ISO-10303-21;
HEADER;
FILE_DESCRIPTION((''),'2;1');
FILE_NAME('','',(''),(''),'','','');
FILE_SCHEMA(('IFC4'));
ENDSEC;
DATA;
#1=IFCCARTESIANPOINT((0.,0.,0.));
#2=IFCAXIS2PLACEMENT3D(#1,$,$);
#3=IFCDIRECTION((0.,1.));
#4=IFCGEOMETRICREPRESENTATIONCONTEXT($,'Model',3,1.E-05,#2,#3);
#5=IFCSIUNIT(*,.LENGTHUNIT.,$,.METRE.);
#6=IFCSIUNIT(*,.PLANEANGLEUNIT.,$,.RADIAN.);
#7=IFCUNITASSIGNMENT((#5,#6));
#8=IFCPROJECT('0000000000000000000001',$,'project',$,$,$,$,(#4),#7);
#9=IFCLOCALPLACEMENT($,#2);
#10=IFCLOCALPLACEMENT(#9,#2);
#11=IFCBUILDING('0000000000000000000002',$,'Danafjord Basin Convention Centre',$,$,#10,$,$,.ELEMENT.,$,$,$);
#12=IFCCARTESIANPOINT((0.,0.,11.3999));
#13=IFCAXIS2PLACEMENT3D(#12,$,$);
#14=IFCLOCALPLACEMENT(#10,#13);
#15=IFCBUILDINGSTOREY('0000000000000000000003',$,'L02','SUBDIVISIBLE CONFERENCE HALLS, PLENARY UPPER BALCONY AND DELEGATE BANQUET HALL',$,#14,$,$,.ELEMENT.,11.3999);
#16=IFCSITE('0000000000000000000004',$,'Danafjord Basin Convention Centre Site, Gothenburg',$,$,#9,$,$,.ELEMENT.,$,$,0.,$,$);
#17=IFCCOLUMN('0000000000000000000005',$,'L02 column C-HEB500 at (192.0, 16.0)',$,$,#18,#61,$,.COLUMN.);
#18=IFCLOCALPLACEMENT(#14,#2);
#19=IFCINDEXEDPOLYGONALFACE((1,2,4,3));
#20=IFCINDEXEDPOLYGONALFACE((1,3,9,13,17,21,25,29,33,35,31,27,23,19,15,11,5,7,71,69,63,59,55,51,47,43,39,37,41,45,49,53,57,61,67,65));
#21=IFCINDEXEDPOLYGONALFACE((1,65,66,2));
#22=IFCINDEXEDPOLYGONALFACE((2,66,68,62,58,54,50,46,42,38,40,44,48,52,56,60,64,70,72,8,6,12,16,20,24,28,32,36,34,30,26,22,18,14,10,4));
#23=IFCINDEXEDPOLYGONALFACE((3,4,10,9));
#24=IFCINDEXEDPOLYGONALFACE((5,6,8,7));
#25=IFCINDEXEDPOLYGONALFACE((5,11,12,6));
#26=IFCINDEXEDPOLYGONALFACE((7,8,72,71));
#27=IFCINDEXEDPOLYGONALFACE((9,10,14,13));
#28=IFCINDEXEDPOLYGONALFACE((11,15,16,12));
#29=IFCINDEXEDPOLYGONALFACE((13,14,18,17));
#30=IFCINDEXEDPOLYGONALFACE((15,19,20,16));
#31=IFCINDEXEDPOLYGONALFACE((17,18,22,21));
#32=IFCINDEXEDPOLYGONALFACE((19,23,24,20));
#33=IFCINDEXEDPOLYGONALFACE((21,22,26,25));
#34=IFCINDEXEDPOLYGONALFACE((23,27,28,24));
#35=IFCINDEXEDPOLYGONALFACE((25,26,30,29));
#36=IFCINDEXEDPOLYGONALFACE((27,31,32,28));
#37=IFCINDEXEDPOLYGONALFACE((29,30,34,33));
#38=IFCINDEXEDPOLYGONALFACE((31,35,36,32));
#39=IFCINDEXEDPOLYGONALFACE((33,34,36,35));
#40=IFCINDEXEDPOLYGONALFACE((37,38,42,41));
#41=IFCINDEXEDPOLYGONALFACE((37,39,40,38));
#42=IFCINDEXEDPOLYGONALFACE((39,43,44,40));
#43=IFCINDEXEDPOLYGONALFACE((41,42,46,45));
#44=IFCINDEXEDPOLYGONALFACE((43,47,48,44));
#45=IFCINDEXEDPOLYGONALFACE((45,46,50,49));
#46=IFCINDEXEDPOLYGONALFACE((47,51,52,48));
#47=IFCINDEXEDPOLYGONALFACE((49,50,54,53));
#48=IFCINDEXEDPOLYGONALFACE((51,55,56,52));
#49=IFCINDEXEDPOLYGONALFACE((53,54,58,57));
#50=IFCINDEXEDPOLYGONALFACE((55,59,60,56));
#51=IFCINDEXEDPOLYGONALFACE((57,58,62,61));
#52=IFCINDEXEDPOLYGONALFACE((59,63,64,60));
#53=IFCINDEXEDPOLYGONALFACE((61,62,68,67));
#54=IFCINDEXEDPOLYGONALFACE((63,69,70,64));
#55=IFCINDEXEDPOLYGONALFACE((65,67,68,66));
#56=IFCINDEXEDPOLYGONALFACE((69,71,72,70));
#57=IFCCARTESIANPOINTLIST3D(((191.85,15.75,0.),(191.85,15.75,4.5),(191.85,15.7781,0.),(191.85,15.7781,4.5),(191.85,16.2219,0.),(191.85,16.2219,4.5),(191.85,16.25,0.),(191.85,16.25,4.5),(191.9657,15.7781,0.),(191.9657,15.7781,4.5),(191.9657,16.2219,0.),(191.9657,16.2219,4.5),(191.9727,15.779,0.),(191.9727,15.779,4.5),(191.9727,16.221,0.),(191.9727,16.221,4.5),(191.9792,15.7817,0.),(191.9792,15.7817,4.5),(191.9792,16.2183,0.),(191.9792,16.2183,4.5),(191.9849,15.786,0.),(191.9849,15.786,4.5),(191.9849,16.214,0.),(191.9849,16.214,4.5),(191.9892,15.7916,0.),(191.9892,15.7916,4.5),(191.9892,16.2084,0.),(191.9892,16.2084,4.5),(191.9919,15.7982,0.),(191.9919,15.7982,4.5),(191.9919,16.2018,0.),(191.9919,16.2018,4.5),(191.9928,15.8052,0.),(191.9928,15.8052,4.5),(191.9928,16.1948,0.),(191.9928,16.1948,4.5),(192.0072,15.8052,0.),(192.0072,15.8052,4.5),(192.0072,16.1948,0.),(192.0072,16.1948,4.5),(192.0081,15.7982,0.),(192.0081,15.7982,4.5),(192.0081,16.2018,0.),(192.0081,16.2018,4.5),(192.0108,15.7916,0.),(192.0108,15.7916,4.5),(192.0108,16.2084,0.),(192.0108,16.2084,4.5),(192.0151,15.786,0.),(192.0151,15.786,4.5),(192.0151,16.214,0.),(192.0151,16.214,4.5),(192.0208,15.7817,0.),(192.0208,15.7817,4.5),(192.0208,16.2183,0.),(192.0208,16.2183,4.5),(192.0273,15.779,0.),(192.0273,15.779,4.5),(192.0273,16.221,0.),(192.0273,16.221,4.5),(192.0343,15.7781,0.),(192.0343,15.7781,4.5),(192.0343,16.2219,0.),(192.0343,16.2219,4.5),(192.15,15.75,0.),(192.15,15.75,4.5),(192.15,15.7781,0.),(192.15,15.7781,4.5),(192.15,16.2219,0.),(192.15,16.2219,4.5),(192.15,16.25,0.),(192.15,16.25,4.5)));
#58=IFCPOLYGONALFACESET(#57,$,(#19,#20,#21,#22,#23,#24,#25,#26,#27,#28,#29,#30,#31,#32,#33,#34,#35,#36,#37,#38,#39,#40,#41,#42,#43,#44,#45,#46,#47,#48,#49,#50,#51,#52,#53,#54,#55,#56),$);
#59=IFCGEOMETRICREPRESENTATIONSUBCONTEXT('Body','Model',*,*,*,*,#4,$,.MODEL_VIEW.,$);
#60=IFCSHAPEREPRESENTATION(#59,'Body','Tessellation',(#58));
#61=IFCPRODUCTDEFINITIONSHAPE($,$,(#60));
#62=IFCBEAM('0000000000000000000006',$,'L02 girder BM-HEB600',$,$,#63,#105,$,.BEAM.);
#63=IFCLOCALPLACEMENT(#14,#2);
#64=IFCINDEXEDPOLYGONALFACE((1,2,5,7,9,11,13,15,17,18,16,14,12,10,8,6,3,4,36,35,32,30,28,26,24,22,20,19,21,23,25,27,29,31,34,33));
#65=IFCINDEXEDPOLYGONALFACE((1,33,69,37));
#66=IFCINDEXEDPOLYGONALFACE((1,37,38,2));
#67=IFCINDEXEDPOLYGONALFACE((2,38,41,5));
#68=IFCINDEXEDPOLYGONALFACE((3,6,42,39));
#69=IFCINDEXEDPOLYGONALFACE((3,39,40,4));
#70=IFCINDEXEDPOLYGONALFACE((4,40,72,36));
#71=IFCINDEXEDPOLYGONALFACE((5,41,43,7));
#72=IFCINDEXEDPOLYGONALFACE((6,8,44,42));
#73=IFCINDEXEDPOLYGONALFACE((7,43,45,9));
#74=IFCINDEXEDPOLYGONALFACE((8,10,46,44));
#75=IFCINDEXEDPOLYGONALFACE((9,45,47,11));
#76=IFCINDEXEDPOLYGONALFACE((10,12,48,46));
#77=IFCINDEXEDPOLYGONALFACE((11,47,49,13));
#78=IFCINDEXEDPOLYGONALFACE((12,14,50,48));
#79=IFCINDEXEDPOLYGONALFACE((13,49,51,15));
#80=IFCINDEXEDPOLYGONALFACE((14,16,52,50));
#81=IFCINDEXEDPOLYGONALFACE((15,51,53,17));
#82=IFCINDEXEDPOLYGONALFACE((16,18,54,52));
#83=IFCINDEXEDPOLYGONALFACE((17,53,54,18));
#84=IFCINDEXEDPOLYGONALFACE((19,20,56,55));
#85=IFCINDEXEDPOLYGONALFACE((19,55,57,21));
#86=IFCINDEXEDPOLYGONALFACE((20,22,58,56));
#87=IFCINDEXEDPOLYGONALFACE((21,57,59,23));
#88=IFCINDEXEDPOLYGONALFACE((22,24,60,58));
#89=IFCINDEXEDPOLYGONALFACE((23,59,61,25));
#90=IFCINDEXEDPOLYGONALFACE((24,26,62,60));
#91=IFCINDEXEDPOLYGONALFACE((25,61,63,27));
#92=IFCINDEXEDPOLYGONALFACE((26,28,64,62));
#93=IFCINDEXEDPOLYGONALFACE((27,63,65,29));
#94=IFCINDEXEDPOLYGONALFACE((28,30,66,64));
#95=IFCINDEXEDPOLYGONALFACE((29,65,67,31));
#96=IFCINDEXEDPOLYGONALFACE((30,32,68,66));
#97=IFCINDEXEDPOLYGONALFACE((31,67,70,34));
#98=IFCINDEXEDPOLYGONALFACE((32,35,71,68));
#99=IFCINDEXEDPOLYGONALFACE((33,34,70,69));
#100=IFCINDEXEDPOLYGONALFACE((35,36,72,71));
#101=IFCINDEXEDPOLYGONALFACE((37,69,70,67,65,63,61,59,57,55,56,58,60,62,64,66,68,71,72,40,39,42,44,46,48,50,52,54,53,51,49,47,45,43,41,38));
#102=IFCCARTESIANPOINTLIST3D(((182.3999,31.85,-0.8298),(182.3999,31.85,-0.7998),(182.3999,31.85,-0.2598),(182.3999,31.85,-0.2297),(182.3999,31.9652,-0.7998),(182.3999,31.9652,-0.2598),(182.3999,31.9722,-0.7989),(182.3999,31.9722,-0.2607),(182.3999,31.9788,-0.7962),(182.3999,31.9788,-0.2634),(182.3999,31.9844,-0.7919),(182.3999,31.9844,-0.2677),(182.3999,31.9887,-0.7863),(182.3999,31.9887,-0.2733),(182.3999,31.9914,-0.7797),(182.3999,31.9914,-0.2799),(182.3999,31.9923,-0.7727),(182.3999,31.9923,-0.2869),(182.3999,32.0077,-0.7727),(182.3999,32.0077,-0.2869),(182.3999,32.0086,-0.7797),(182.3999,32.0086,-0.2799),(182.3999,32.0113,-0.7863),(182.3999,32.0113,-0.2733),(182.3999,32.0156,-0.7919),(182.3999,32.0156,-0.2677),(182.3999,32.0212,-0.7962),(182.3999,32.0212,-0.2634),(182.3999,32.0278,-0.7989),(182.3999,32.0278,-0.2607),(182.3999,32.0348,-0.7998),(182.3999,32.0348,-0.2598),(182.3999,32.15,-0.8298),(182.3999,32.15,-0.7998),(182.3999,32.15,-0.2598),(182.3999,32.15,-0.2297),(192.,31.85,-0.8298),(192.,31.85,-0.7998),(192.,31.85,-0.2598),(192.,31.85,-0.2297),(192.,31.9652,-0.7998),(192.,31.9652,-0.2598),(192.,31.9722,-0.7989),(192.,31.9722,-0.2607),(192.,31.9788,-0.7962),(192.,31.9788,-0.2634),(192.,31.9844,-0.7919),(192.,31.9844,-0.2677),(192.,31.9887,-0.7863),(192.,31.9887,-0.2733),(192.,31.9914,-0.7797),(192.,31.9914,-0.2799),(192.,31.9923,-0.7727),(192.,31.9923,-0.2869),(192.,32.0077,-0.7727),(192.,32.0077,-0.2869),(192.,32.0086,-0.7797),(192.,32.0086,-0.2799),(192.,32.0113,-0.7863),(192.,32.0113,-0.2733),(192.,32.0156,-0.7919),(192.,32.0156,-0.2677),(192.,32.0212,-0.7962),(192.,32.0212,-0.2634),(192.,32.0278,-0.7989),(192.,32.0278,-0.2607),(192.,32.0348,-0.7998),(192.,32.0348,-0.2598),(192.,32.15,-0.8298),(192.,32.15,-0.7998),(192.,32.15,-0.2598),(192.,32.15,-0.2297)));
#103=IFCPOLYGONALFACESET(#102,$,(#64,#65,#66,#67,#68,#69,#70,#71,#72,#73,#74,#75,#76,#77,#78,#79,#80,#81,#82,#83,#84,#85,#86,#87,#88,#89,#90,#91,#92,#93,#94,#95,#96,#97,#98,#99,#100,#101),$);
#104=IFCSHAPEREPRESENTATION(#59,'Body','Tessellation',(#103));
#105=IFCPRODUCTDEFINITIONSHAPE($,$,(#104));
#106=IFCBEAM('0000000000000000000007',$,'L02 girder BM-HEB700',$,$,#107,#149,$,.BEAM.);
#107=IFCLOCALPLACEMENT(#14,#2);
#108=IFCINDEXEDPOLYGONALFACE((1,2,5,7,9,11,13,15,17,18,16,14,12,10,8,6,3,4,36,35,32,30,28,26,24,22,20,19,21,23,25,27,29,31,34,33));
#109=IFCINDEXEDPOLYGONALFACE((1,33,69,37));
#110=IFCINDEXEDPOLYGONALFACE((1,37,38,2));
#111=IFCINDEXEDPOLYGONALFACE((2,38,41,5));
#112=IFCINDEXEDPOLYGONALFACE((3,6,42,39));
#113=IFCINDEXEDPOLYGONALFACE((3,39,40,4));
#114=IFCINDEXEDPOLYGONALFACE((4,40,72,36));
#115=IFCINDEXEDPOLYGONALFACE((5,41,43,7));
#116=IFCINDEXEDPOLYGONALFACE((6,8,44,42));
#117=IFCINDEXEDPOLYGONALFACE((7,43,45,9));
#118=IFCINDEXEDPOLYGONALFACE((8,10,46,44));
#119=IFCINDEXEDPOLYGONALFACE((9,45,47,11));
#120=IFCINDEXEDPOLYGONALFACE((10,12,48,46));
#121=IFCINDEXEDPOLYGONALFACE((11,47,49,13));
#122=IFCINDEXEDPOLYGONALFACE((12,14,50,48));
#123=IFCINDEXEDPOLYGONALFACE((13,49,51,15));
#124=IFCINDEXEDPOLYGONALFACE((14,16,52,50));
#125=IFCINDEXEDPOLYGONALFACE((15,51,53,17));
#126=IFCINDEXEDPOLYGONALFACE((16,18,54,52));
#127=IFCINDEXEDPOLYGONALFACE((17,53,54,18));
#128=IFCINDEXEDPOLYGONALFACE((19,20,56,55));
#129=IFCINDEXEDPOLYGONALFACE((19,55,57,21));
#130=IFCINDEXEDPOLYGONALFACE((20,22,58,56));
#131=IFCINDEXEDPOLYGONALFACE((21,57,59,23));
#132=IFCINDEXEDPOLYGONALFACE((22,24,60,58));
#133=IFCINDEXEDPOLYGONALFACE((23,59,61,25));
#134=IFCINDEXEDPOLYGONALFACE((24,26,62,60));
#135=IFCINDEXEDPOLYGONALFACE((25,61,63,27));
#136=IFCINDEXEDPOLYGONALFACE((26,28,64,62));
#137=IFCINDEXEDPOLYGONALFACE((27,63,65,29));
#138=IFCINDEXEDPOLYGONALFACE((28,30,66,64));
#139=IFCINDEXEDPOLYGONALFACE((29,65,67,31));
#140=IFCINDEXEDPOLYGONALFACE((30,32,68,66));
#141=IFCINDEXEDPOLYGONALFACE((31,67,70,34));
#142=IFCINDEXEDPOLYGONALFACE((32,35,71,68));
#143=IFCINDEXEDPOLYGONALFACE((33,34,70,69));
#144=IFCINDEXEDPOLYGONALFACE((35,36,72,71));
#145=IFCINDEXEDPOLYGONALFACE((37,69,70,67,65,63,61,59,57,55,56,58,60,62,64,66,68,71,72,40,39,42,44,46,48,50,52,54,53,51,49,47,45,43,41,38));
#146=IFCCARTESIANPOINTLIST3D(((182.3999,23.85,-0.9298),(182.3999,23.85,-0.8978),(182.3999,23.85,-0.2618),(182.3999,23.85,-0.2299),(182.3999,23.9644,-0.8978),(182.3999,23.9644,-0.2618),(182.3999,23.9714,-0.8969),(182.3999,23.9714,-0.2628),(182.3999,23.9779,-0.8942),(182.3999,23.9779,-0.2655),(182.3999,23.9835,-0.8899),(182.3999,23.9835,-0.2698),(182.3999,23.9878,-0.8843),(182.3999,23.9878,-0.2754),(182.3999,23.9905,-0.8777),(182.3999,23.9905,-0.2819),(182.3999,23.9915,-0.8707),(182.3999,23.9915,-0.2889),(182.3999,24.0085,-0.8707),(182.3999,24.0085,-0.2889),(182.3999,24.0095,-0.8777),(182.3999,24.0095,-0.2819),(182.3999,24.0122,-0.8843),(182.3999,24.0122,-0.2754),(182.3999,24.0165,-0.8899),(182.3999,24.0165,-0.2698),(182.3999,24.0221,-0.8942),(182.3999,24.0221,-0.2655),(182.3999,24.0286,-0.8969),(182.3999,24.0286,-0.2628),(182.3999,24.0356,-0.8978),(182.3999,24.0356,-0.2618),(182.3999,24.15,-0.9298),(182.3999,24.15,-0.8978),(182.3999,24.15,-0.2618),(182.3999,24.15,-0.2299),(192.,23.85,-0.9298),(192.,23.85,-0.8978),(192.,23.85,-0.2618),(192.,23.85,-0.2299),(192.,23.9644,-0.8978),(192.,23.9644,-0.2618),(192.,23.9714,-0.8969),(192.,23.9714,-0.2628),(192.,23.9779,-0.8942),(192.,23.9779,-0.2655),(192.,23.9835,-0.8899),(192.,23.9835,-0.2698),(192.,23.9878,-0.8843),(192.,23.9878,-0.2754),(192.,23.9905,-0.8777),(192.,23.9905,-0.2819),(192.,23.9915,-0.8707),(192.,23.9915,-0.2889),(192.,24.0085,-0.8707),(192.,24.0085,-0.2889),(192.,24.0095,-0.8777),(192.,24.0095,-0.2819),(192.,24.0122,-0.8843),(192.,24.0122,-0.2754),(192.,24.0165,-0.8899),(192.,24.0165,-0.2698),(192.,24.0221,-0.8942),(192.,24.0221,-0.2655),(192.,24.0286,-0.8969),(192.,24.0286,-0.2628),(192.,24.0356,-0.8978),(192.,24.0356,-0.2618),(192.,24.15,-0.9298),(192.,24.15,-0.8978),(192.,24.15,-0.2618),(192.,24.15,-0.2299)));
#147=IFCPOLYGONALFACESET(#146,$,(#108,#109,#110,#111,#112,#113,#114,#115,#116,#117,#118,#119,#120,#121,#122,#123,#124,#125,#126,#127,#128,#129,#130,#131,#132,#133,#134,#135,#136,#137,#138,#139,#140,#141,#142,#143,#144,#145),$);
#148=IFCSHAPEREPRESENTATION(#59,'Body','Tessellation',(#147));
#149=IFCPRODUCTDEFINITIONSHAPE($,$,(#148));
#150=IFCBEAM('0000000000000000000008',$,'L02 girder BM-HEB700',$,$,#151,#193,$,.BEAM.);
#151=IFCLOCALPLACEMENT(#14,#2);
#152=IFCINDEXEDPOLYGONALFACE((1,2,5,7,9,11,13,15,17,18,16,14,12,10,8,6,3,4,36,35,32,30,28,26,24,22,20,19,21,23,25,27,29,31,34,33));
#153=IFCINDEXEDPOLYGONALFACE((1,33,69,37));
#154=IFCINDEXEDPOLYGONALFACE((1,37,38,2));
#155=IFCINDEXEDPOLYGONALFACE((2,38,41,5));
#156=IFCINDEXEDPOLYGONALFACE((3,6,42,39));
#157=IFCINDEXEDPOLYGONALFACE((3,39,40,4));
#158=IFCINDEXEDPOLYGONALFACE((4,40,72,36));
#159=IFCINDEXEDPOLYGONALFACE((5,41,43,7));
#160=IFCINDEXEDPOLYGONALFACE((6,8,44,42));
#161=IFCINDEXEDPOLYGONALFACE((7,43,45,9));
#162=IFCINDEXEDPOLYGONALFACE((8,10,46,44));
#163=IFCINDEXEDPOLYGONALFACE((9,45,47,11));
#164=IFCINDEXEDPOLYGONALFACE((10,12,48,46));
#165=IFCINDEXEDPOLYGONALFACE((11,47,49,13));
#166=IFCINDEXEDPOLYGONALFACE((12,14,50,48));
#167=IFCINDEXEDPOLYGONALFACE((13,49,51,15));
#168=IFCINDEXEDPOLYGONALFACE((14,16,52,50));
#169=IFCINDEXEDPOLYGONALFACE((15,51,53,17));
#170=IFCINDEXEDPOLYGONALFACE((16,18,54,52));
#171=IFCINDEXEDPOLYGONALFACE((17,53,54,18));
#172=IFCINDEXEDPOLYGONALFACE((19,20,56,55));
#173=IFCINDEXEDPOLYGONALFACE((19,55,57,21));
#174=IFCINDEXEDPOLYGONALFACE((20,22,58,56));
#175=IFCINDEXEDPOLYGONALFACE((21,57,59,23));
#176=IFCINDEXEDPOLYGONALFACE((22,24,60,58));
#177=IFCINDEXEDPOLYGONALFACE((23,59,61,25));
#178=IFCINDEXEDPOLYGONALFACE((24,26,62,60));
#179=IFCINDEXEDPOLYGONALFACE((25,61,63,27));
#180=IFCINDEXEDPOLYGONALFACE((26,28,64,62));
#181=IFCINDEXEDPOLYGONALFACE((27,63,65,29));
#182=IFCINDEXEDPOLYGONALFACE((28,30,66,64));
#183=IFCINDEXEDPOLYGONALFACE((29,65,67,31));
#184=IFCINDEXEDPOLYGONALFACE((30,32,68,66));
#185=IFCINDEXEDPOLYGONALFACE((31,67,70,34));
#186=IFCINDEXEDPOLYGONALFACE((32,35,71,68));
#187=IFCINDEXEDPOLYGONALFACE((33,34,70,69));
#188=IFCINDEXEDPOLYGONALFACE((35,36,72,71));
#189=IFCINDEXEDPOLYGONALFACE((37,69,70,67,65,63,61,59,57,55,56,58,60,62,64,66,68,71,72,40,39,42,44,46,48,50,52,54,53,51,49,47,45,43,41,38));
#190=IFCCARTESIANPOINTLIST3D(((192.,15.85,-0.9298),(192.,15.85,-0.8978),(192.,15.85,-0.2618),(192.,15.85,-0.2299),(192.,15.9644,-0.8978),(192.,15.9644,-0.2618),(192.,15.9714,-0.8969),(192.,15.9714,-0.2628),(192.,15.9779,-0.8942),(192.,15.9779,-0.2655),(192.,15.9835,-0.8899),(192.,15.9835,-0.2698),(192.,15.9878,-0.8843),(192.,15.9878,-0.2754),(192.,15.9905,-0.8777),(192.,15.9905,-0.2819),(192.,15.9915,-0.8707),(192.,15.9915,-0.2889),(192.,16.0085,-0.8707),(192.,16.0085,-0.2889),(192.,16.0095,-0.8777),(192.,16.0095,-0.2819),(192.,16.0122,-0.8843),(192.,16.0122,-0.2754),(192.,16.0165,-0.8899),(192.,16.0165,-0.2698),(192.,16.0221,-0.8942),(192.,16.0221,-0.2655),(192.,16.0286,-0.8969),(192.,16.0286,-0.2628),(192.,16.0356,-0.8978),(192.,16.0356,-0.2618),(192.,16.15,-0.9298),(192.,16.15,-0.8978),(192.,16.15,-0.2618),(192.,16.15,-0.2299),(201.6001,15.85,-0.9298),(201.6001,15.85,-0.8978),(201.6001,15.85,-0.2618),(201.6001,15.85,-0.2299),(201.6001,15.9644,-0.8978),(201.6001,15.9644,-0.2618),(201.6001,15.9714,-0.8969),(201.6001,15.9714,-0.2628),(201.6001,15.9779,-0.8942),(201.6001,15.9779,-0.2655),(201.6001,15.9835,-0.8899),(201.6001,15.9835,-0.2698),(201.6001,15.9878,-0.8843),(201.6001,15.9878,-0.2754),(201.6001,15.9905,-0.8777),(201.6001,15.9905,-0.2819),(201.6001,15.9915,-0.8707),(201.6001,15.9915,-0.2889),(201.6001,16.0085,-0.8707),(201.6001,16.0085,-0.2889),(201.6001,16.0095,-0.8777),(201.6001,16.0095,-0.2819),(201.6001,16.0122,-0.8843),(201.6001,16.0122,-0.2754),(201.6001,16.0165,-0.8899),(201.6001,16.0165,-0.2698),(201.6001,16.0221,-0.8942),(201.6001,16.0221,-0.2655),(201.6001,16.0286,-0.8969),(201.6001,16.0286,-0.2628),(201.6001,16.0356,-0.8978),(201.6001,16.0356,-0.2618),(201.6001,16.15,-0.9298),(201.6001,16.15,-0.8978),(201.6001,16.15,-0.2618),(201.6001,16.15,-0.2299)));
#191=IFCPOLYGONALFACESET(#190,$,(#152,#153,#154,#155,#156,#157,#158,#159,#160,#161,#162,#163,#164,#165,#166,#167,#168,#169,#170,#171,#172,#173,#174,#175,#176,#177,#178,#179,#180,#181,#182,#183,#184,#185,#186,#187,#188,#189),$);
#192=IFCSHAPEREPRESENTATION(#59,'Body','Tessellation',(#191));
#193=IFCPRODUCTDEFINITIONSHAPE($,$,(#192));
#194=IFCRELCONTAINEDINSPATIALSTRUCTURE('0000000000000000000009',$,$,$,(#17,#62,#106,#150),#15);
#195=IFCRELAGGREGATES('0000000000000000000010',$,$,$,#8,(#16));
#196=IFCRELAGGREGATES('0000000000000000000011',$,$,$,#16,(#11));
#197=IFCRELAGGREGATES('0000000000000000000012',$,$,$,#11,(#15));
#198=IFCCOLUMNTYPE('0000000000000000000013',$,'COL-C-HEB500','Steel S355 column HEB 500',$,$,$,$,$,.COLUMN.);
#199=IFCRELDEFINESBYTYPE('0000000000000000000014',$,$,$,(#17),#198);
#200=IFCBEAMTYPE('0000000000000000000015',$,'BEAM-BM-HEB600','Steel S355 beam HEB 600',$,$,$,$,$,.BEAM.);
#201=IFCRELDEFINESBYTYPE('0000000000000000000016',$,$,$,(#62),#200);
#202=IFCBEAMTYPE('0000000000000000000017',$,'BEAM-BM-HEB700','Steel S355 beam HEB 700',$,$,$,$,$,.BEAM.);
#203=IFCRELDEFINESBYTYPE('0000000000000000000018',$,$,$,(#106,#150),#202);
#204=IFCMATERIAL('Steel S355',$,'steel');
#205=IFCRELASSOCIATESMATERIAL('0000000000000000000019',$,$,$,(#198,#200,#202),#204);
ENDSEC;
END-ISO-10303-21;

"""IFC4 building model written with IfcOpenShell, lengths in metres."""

from ifc_helpers import new_model, si_unit, direction, frame, origin, origin_2d, place, context, subcontext, project, spatial, i_section, extrude, material, material_profile, profile_set, type_object, element, save


model = new_model("IFC4")

# Units and contexts
model_context = context("Model", 3, precision=1e-05, world=origin(), true_north=direction((0.0, 1.0)))
body_context = subcontext(model_context, "Body", "Model", "MODEL_VIEW")
ifc_project = project(units=[si_unit("LENGTHUNIT", "METRE"), si_unit("PLANEANGLEUNIT", "RADIAN")], contexts=[model_context])

# Site, building, storey
site_placement = place(None, origin())
site = spatial("IfcSite", under=ifc_project, at=site_placement, Name="Danafjord Basin Convention Centre Site, Gothenburg", CompositionType="ELEMENT", RefElevation=0.0)
building_placement = place(site_placement, origin())
building = spatial("IfcBuilding", under=site, at=building_placement, Name="Danafjord Basin Convention Centre", CompositionType="ELEMENT")
storey_placement = place(building_placement, frame((0.0, 0.0, 11.3999)))
storey = spatial("IfcBuildingStorey", under=building, at=storey_placement, Name="L02", Description="SUBDIVISIBLE CONFERENCE HALLS, PLENARY UPPER BALCONY AND DELEGATE BANQUET HALL", CompositionType="ELEMENT", Elevation=11.3999)

# Column
ifc_material_1 = material(Name="Steel S355", Category="steel")
ifc_material_profile_1 = material_profile(ifc_material_1, i_section(OverallWidth=0.3, OverallDepth=0.5, WebThickness=0.0144, FlangeThickness=0.0281, FilletRadius=0.0271, at=origin_2d()), Name="HEB 500")
ifc_profile_set_1 = profile_set([ifc_material_profile_1], Name="Steel S355")
column_type_1 = type_object("IfcColumnType", Name="COL-C-HEB500", Description="Steel S355 column HEB 500", PredefinedType="COLUMN", material=ifc_profile_set_1)
column_placement = place(storey_placement, frame((192.0, 16.0, 0.0), z_axis=(0.0, 0.0, 1.0), x_axis=(1.0, 0.0, 0.0)))
element("IfcColumn", 1, at=column_placement, inside=storey, type_object=column_type_1, Name="L02 column C-HEB500 at (192.0, 16.0)", PredefinedType="COLUMN", context=body_context, shape_type="SweptSolid", body=[
    extrude(i_section(OverallWidth=0.3, OverallDepth=0.5, WebThickness=0.0144, FlangeThickness=0.0281, FilletRadius=0.0271, at=origin_2d()), origin(), (0.0, 0.0, 1.0), 4.5),
])

# Beams
ifc_material_profile_2 = material_profile(ifc_material_1, i_section(OverallWidth=0.3, OverallDepth=0.6001, WebThickness=0.0154, FlangeThickness=0.03, FilletRadius=0.0271, at=origin_2d()), Name="HEB 600")
ifc_profile_set_2 = profile_set([ifc_material_profile_2], Name="Steel S355")
beam_type_1 = type_object("IfcBeamType", Name="BEAM-BM-HEB600", Description="Steel S355 beam HEB 600", PredefinedType="BEAM", material=ifc_profile_set_2)
beam_1_placement = place(storey_placement, frame((182.3999, 32.0, -0.5298), z_axis=(1.0, 0.0, 0.0), x_axis=(0.0, 1.0, 0.0)))
element("IfcBeam", 2, at=beam_1_placement, inside=storey, type_object=beam_type_1, Name="L02 girder BM-HEB600", PredefinedType="BEAM", context=body_context, shape_type="SweptSolid", body=[
    extrude(i_section(OverallWidth=0.3, OverallDepth=0.6001, WebThickness=0.0154, FlangeThickness=0.03, FilletRadius=0.0271, at=origin_2d()), origin(), (0.0, 0.0, 1.0), 9.6001),
])
ifc_material_profile_3 = material_profile(ifc_material_1, i_section(OverallWidth=0.3, OverallDepth=0.7, WebThickness=0.0171, FlangeThickness=0.032, FilletRadius=0.0271, at=origin_2d()), Name="HEB 700")
ifc_profile_set_3 = profile_set([ifc_material_profile_3], Name="Steel S355")
beam_type_2 = type_object("IfcBeamType", Name="BEAM-BM-HEB700", Description="Steel S355 beam HEB 700", PredefinedType="BEAM", material=ifc_profile_set_3)
for number, where, z_axis, x_axis, name in (
    (3, (182.3999, 24.0, -0.5798), (1.0, 0.0, 0.0), (0.0, 1.0, 0.0), "L02 girder BM-HEB700"),
    (4, (192.0, 16.0, -0.5798), (1.0, 0.0, 0.0), (0.0, 1.0, 0.0), "L02 girder BM-HEB700"),
):
    element("IfcBeam", number, at=place(storey_placement, frame(where, z_axis=z_axis, x_axis=x_axis)), inside=storey, type_object=beam_type_2, Name=name, PredefinedType="BEAM", context=body_context, shape_type="SweptSolid", body=[
        extrude(i_section(OverallWidth=0.3, OverallDepth=0.7, WebThickness=0.0171, FlangeThickness=0.032, FilletRadius=0.0271, at=origin_2d()), origin(), (0.0, 0.0, 1.0), 9.6001),
    ])

save(model, "model.ifc")
